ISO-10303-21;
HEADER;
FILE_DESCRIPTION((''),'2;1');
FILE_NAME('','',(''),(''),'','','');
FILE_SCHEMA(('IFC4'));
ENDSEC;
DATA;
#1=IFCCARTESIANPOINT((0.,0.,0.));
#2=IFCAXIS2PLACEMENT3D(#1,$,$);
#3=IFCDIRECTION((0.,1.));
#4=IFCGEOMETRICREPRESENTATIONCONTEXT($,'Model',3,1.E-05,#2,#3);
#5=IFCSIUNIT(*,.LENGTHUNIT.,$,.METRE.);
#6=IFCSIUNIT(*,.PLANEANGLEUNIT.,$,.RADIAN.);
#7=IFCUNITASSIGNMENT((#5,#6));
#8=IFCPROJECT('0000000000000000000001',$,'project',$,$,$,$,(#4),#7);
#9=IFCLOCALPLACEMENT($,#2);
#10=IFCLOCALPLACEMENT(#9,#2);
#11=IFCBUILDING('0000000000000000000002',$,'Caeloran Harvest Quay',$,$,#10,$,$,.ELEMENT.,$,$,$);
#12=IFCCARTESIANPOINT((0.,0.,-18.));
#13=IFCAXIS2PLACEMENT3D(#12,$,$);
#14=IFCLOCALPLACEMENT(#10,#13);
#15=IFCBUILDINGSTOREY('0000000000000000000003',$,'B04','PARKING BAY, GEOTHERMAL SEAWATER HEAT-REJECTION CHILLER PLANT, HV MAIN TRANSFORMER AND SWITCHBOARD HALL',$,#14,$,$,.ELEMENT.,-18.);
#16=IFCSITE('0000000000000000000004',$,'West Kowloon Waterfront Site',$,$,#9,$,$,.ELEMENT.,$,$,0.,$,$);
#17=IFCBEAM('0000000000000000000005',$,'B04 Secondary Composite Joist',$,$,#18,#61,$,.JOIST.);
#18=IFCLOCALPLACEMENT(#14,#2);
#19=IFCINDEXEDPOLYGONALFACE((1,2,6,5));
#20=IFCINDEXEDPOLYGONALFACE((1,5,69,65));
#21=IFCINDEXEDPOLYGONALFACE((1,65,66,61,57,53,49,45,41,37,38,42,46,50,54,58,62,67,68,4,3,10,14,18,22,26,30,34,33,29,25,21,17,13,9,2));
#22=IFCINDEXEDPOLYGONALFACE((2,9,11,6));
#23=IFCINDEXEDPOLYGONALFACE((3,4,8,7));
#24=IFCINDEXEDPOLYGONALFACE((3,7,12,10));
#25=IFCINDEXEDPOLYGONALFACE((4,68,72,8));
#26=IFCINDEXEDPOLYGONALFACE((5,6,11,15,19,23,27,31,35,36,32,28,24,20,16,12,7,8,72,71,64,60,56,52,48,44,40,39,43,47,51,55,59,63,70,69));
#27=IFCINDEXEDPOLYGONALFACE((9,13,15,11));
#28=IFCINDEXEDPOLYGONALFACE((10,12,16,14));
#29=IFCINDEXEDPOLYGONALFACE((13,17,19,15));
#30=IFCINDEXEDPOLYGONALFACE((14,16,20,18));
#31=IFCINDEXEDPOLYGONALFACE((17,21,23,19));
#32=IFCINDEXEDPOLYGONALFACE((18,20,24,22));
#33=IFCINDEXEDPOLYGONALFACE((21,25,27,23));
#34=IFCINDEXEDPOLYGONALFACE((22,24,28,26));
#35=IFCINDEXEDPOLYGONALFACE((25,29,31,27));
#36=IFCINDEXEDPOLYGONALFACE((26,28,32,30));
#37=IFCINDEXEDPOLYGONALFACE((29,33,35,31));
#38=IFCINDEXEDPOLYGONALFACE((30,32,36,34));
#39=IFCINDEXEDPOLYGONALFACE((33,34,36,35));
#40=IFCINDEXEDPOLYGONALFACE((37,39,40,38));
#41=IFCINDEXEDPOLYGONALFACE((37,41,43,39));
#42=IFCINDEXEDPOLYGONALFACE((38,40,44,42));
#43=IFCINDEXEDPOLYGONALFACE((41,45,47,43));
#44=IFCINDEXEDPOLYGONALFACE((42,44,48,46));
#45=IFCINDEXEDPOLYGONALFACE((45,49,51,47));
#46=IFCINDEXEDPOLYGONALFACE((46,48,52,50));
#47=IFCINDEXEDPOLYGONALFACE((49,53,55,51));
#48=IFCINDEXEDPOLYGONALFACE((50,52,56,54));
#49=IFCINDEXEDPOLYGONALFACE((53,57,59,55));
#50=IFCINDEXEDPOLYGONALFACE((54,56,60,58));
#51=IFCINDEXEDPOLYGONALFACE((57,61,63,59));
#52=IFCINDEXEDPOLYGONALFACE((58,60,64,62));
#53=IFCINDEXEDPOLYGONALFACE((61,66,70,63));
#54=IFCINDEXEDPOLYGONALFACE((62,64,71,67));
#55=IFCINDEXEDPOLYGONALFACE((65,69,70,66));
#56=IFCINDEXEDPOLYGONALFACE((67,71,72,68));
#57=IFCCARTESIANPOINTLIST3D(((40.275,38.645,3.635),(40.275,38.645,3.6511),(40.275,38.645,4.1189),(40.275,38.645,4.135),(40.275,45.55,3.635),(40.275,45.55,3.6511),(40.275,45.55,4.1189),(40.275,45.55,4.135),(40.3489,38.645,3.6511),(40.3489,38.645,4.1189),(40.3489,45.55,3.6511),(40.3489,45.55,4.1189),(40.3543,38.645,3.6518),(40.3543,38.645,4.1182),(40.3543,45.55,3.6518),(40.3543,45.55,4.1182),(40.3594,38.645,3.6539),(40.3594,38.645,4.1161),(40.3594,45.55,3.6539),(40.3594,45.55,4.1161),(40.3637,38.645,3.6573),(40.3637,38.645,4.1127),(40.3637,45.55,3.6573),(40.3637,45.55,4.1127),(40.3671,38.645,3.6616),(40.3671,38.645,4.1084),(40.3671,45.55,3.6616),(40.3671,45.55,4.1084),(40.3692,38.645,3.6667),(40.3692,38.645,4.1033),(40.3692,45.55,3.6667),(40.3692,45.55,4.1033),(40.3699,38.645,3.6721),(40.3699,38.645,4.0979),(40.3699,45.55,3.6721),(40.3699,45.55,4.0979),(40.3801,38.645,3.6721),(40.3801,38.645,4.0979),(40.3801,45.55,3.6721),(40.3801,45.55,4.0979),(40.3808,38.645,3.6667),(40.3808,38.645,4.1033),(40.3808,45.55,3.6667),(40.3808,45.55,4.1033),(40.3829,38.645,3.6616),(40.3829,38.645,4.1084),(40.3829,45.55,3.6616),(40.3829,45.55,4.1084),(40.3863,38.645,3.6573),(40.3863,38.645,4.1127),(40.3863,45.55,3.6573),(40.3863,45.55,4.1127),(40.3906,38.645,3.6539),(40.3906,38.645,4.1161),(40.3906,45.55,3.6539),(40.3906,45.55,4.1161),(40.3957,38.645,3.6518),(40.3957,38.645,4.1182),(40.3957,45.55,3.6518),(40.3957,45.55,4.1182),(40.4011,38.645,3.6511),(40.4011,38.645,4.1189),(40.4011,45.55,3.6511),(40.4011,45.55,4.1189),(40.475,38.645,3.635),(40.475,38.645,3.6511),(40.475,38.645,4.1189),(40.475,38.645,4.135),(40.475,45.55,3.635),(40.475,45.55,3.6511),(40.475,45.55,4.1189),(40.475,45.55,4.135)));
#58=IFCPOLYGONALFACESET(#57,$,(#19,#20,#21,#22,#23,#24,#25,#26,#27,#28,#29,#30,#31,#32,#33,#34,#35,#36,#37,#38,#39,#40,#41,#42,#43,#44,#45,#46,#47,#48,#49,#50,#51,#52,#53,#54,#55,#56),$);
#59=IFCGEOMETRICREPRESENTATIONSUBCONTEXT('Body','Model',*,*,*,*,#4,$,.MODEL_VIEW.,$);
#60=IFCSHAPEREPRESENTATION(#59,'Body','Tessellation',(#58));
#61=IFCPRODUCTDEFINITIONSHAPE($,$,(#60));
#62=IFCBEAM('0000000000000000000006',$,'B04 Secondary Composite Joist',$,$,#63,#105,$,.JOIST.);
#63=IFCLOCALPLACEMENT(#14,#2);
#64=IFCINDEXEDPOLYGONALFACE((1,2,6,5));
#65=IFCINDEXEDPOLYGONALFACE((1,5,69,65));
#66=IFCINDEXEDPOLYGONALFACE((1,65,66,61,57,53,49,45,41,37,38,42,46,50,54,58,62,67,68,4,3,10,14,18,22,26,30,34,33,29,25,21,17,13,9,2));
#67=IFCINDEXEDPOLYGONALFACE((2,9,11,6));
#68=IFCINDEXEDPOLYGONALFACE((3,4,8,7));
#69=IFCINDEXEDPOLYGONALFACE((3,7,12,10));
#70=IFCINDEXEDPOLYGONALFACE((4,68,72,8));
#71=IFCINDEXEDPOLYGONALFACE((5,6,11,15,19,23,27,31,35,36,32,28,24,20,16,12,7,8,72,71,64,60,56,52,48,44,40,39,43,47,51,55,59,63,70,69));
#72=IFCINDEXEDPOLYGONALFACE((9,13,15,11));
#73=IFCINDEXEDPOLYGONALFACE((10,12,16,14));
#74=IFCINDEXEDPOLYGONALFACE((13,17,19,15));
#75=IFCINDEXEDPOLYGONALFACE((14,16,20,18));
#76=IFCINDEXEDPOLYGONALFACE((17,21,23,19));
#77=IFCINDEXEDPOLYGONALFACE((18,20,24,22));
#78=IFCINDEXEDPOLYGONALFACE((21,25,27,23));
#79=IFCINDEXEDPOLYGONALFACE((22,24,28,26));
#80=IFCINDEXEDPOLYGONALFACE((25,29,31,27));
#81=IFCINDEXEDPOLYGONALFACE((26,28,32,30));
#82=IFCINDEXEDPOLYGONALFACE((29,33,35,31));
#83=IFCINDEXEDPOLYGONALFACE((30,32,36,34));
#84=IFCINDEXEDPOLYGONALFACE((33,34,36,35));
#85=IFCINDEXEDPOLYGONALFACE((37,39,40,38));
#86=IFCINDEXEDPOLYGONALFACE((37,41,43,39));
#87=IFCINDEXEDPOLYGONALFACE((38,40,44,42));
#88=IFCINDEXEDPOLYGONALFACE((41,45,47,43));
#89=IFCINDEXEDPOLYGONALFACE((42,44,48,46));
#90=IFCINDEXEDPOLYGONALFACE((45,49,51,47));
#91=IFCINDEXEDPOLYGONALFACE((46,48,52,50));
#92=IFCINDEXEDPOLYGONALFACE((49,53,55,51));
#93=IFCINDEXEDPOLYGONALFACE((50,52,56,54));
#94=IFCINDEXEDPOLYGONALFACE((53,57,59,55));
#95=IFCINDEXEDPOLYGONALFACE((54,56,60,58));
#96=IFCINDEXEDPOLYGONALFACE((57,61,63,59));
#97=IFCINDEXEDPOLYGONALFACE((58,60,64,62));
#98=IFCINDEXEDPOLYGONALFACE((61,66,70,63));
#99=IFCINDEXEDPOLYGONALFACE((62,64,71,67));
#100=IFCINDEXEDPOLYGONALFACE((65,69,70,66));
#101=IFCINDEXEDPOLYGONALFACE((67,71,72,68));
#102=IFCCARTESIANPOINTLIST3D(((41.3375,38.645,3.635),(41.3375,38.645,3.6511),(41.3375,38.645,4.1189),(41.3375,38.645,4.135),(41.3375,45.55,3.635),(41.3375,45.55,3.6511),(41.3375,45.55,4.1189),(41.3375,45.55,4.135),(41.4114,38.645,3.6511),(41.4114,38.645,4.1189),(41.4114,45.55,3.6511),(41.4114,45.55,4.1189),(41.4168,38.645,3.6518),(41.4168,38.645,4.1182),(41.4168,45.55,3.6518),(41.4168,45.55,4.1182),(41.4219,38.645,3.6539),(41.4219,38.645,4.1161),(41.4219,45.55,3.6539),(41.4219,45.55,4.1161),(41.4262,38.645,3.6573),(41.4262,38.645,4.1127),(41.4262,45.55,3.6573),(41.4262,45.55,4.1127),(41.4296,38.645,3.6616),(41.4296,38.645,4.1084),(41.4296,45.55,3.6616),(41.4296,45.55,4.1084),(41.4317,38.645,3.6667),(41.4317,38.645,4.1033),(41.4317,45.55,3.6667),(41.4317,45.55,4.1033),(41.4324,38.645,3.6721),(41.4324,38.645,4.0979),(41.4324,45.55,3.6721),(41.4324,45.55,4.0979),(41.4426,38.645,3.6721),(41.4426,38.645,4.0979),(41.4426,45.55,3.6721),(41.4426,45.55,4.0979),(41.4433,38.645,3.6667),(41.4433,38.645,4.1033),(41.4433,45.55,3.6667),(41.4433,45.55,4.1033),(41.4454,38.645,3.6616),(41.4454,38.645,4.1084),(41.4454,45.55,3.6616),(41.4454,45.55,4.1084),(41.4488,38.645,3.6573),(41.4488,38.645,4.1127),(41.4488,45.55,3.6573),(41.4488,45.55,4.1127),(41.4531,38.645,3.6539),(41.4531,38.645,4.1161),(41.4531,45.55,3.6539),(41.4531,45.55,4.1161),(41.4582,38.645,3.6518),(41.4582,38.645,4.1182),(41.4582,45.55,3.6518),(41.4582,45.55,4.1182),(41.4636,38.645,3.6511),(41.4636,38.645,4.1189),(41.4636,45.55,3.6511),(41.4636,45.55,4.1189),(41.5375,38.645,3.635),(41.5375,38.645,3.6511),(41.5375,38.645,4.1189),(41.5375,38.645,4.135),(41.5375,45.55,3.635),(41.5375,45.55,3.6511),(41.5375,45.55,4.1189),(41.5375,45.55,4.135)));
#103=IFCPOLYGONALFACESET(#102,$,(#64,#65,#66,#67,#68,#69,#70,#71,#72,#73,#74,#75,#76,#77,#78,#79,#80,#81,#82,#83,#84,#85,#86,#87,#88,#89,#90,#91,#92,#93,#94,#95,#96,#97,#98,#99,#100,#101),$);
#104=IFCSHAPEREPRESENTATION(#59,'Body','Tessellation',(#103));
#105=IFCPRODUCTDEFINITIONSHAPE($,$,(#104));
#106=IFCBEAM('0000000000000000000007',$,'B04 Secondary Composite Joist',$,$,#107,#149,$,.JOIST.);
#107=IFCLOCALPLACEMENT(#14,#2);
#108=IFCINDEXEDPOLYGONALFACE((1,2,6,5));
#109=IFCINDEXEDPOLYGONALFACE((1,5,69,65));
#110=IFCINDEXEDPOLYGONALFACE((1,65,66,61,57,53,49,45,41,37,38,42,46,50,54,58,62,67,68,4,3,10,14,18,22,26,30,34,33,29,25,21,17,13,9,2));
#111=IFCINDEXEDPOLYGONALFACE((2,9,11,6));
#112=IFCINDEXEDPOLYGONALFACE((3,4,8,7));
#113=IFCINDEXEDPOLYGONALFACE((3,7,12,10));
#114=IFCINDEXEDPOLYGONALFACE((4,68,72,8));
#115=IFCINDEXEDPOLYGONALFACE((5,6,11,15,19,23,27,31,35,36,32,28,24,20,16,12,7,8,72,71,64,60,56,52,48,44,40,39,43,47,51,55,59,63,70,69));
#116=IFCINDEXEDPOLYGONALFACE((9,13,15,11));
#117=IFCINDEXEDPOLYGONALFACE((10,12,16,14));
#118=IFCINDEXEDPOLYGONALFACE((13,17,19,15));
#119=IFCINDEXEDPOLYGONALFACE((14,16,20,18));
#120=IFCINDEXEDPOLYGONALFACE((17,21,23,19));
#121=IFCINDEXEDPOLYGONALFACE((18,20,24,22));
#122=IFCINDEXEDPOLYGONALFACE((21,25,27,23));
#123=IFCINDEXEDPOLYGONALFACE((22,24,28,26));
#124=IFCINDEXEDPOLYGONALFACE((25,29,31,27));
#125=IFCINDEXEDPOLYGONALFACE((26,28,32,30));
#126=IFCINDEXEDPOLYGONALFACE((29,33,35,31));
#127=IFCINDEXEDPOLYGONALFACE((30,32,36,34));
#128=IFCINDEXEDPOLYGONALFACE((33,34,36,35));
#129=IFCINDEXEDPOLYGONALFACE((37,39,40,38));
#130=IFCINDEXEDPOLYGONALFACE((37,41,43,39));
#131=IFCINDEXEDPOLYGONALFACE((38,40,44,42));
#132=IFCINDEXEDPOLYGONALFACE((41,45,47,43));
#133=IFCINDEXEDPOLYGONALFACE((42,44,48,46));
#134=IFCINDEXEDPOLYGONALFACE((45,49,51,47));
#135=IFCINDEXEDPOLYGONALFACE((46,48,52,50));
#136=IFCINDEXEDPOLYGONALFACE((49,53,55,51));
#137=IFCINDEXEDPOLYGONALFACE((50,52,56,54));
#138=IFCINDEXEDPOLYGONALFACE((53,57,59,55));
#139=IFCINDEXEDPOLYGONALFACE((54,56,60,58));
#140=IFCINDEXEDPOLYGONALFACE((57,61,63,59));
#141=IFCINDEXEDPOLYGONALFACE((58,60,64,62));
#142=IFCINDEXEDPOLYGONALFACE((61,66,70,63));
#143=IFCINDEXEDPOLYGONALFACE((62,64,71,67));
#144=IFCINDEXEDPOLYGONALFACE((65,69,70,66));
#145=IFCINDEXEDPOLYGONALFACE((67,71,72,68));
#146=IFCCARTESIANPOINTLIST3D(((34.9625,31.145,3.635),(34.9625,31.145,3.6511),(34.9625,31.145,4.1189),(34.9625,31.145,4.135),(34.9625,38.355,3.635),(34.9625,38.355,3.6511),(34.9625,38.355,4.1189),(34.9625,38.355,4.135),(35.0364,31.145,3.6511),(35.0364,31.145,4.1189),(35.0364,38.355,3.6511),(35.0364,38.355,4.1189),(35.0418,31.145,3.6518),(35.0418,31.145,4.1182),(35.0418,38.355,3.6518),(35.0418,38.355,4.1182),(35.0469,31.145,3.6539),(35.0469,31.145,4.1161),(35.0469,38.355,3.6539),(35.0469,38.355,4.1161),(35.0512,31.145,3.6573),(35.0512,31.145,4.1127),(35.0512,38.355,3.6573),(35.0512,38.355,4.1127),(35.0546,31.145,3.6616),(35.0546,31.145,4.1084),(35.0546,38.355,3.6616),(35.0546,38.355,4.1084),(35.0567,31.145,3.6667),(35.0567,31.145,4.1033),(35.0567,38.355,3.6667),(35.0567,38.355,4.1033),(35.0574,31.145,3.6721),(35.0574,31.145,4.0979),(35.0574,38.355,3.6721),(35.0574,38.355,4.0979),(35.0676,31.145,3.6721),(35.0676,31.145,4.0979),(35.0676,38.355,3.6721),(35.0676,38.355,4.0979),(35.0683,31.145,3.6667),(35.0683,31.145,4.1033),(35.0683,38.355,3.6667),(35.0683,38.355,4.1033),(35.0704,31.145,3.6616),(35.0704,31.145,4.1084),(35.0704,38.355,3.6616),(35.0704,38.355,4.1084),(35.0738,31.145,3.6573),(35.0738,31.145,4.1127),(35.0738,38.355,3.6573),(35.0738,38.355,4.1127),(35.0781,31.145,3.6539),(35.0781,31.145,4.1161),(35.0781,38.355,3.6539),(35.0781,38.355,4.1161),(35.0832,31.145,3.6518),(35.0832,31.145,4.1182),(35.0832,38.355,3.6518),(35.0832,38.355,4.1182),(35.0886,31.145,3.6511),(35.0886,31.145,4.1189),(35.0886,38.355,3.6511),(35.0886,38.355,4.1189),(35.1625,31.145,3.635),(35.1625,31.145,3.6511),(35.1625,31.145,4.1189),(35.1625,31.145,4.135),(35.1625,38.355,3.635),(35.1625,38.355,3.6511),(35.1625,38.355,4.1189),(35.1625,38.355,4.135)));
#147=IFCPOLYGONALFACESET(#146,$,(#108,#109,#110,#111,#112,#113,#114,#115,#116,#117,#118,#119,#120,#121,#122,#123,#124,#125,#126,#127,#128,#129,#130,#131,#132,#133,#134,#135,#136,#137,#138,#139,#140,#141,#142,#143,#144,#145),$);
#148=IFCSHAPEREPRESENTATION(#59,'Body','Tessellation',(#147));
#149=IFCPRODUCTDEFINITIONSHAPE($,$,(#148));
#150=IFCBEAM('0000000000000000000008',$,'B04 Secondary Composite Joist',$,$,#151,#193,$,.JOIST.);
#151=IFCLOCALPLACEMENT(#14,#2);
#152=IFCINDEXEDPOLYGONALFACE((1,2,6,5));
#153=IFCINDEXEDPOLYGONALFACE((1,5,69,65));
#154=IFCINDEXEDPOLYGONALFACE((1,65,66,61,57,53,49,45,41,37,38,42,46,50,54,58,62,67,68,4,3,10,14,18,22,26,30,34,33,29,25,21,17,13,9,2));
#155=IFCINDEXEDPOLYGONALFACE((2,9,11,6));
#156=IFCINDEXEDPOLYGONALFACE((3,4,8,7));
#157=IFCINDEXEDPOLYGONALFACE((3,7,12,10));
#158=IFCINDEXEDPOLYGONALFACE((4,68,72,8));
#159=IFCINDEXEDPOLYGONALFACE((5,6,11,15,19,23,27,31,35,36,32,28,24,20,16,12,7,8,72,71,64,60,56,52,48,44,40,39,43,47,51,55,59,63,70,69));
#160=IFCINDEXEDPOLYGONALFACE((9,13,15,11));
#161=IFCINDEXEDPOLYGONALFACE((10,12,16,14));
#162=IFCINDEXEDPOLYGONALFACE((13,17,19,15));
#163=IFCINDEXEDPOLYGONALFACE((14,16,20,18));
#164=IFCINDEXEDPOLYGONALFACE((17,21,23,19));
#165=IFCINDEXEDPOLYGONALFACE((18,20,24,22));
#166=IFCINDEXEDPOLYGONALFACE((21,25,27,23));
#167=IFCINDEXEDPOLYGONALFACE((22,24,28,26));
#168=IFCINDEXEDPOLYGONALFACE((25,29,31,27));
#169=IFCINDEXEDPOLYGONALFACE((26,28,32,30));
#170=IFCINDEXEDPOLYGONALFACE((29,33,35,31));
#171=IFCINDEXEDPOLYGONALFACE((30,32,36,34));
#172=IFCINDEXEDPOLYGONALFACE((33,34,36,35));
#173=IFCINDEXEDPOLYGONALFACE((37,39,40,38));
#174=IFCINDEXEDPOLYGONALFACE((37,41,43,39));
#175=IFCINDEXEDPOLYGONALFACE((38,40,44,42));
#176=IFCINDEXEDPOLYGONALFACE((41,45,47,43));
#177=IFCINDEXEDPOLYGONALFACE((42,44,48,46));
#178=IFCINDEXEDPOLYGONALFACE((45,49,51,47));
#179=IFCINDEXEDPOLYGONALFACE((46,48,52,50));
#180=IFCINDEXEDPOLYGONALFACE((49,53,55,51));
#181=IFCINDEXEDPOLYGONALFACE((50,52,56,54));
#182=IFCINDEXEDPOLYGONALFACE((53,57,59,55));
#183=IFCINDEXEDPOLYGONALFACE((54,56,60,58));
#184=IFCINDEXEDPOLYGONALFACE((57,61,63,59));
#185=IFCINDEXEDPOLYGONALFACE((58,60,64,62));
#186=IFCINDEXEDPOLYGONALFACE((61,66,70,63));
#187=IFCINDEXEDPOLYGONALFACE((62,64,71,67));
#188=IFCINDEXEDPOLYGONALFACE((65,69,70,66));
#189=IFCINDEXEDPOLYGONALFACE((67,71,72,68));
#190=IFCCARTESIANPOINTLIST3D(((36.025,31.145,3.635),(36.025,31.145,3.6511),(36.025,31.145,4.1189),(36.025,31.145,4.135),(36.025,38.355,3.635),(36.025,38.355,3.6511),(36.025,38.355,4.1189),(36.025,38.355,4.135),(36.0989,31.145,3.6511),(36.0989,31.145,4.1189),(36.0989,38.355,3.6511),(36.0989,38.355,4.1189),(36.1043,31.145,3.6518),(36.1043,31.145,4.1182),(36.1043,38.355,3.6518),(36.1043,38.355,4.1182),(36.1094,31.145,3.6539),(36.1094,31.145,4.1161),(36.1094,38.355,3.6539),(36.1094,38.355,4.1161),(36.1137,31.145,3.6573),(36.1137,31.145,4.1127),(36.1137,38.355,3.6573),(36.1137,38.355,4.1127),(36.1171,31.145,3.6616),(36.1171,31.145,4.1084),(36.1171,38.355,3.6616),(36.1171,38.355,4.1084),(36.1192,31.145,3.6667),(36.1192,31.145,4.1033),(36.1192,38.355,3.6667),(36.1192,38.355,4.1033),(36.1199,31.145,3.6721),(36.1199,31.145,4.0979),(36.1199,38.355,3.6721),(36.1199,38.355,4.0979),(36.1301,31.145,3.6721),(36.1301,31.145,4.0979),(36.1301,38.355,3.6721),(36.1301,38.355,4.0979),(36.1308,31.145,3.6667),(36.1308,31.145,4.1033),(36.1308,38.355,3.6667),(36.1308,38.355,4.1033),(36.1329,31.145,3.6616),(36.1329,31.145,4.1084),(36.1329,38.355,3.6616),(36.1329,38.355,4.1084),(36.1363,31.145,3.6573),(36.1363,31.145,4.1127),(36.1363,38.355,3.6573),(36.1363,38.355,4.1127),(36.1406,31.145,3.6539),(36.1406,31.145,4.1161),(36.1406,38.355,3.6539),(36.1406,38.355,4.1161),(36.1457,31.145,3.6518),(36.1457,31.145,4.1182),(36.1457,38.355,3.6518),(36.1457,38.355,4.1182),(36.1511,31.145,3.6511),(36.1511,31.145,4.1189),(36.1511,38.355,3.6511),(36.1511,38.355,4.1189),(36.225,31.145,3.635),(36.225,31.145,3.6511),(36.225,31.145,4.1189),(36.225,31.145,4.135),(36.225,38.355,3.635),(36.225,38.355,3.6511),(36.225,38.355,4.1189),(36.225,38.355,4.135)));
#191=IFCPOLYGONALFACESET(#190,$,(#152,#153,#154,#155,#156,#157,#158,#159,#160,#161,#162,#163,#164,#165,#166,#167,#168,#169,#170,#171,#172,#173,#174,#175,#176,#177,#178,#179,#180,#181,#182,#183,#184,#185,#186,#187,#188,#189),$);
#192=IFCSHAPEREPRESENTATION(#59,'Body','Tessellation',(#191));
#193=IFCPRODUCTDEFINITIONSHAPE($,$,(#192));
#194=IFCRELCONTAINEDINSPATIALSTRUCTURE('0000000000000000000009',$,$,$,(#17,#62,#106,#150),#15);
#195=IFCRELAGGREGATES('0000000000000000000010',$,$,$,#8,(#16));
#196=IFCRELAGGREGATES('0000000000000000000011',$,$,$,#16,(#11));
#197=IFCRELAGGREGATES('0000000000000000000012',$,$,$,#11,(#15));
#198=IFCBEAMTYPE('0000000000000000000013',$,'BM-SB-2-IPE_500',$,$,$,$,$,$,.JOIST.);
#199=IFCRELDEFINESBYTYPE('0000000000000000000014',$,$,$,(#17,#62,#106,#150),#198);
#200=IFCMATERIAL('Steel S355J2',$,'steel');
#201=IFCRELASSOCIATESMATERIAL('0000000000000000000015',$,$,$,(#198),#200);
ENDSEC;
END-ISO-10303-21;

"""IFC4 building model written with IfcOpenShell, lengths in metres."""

from ifc_helpers import new_model, si_unit, direction, frame, origin, origin_2d, place, context, subcontext, project, spatial, i_section, extrude, material, material_profile, profile_set, type_object, element, save


model = new_model("IFC4")

# Units and contexts
model_context = context("Model", 3, precision=1e-05, world=origin(), true_north=direction((0.0, 1.0)))
body_context = subcontext(model_context, "Body", "Model", "MODEL_VIEW")
ifc_project = project(units=[si_unit("LENGTHUNIT", "METRE"), si_unit("PLANEANGLEUNIT", "RADIAN")], contexts=[model_context])

# Site, building, storey
site_placement = place(None, origin())
site = spatial("IfcSite", under=ifc_project, at=site_placement, Name="West Kowloon Waterfront Site", CompositionType="ELEMENT", RefElevation=0.0)
building_placement = place(site_placement, origin())
building = spatial("IfcBuilding", under=site, at=building_placement, Name="Caeloran Harvest Quay", CompositionType="ELEMENT")
storey_placement = place(building_placement, frame((0.0, 0.0, -18.0)))
storey = spatial("IfcBuildingStorey", under=building, at=storey_placement, Name="B04", Description="PARKING BAY, GEOTHERMAL SEAWATER HEAT-REJECTION CHILLER PLANT, HV MAIN TRANSFORMER AND SWITCHBOARD HALL", CompositionType="ELEMENT", Elevation=-18.0)

# Beams
ifc_material_1 = material(Name="Steel S355J2", Category="steel")
ifc_material_profile_1 = material_profile(ifc_material_1, i_section(OverallWidth=0.2, OverallDepth=0.5, WebThickness=0.0103, FlangeThickness=0.0161, FilletRadius=0.021, at=origin_2d()), Name="IPE 500")
ifc_profile_set_1 = profile_set([ifc_material_profile_1], Name="Steel S355J2")
beam_type_1 = type_object("IfcBeamType", Name="BM-SB-2-IPE_500", PredefinedType="JOIST", material=ifc_profile_set_1)
for number, where, z_axis, x_axis, name in (
    (1, (40.375, 38.645, 3.885), (0.0, 1.0, 0.0), (-1.0, 0.0, 0.0), "B04 Secondary Composite Joist"),
    (2, (41.4375, 38.645, 3.885), (0.0, 1.0, 0.0), (-1.0, 0.0, 0.0), "B04 Secondary Composite Joist"),
):
    element("IfcBeam", number, at=place(storey_placement, frame(where, z_axis=z_axis, x_axis=x_axis)), inside=storey, type_object=beam_type_1, Name=name, PredefinedType="JOIST", context=body_context, shape_type="SweptSolid", body=[
        extrude(i_section(OverallWidth=0.2, OverallDepth=0.5, WebThickness=0.0103, FlangeThickness=0.0161, FilletRadius=0.021, at=origin_2d()), origin(), (0.0, 0.0, 1.0), 6.905),
    ])
for number, where, z_axis, x_axis, name in (
    (3, (35.0625, 31.145, 3.885), (0.0, 1.0, 0.0), (-1.0, 0.0, 0.0), "B04 Secondary Composite Joist"),
    (4, (36.125, 31.145, 3.885), (0.0, 1.0, 0.0), (-1.0, 0.0, 0.0), "B04 Secondary Composite Joist"),
):
    element("IfcBeam", number, at=place(storey_placement, frame(where, z_axis=z_axis, x_axis=x_axis)), inside=storey, type_object=beam_type_1, Name=name, PredefinedType="JOIST", context=body_context, shape_type="SweptSolid", body=[
        extrude(i_section(OverallWidth=0.2, OverallDepth=0.5, WebThickness=0.0103, FlangeThickness=0.0161, FilletRadius=0.021, at=origin_2d()), origin(), (0.0, 0.0, 1.0), 7.21),
    ])

save(model, "model.ifc")
